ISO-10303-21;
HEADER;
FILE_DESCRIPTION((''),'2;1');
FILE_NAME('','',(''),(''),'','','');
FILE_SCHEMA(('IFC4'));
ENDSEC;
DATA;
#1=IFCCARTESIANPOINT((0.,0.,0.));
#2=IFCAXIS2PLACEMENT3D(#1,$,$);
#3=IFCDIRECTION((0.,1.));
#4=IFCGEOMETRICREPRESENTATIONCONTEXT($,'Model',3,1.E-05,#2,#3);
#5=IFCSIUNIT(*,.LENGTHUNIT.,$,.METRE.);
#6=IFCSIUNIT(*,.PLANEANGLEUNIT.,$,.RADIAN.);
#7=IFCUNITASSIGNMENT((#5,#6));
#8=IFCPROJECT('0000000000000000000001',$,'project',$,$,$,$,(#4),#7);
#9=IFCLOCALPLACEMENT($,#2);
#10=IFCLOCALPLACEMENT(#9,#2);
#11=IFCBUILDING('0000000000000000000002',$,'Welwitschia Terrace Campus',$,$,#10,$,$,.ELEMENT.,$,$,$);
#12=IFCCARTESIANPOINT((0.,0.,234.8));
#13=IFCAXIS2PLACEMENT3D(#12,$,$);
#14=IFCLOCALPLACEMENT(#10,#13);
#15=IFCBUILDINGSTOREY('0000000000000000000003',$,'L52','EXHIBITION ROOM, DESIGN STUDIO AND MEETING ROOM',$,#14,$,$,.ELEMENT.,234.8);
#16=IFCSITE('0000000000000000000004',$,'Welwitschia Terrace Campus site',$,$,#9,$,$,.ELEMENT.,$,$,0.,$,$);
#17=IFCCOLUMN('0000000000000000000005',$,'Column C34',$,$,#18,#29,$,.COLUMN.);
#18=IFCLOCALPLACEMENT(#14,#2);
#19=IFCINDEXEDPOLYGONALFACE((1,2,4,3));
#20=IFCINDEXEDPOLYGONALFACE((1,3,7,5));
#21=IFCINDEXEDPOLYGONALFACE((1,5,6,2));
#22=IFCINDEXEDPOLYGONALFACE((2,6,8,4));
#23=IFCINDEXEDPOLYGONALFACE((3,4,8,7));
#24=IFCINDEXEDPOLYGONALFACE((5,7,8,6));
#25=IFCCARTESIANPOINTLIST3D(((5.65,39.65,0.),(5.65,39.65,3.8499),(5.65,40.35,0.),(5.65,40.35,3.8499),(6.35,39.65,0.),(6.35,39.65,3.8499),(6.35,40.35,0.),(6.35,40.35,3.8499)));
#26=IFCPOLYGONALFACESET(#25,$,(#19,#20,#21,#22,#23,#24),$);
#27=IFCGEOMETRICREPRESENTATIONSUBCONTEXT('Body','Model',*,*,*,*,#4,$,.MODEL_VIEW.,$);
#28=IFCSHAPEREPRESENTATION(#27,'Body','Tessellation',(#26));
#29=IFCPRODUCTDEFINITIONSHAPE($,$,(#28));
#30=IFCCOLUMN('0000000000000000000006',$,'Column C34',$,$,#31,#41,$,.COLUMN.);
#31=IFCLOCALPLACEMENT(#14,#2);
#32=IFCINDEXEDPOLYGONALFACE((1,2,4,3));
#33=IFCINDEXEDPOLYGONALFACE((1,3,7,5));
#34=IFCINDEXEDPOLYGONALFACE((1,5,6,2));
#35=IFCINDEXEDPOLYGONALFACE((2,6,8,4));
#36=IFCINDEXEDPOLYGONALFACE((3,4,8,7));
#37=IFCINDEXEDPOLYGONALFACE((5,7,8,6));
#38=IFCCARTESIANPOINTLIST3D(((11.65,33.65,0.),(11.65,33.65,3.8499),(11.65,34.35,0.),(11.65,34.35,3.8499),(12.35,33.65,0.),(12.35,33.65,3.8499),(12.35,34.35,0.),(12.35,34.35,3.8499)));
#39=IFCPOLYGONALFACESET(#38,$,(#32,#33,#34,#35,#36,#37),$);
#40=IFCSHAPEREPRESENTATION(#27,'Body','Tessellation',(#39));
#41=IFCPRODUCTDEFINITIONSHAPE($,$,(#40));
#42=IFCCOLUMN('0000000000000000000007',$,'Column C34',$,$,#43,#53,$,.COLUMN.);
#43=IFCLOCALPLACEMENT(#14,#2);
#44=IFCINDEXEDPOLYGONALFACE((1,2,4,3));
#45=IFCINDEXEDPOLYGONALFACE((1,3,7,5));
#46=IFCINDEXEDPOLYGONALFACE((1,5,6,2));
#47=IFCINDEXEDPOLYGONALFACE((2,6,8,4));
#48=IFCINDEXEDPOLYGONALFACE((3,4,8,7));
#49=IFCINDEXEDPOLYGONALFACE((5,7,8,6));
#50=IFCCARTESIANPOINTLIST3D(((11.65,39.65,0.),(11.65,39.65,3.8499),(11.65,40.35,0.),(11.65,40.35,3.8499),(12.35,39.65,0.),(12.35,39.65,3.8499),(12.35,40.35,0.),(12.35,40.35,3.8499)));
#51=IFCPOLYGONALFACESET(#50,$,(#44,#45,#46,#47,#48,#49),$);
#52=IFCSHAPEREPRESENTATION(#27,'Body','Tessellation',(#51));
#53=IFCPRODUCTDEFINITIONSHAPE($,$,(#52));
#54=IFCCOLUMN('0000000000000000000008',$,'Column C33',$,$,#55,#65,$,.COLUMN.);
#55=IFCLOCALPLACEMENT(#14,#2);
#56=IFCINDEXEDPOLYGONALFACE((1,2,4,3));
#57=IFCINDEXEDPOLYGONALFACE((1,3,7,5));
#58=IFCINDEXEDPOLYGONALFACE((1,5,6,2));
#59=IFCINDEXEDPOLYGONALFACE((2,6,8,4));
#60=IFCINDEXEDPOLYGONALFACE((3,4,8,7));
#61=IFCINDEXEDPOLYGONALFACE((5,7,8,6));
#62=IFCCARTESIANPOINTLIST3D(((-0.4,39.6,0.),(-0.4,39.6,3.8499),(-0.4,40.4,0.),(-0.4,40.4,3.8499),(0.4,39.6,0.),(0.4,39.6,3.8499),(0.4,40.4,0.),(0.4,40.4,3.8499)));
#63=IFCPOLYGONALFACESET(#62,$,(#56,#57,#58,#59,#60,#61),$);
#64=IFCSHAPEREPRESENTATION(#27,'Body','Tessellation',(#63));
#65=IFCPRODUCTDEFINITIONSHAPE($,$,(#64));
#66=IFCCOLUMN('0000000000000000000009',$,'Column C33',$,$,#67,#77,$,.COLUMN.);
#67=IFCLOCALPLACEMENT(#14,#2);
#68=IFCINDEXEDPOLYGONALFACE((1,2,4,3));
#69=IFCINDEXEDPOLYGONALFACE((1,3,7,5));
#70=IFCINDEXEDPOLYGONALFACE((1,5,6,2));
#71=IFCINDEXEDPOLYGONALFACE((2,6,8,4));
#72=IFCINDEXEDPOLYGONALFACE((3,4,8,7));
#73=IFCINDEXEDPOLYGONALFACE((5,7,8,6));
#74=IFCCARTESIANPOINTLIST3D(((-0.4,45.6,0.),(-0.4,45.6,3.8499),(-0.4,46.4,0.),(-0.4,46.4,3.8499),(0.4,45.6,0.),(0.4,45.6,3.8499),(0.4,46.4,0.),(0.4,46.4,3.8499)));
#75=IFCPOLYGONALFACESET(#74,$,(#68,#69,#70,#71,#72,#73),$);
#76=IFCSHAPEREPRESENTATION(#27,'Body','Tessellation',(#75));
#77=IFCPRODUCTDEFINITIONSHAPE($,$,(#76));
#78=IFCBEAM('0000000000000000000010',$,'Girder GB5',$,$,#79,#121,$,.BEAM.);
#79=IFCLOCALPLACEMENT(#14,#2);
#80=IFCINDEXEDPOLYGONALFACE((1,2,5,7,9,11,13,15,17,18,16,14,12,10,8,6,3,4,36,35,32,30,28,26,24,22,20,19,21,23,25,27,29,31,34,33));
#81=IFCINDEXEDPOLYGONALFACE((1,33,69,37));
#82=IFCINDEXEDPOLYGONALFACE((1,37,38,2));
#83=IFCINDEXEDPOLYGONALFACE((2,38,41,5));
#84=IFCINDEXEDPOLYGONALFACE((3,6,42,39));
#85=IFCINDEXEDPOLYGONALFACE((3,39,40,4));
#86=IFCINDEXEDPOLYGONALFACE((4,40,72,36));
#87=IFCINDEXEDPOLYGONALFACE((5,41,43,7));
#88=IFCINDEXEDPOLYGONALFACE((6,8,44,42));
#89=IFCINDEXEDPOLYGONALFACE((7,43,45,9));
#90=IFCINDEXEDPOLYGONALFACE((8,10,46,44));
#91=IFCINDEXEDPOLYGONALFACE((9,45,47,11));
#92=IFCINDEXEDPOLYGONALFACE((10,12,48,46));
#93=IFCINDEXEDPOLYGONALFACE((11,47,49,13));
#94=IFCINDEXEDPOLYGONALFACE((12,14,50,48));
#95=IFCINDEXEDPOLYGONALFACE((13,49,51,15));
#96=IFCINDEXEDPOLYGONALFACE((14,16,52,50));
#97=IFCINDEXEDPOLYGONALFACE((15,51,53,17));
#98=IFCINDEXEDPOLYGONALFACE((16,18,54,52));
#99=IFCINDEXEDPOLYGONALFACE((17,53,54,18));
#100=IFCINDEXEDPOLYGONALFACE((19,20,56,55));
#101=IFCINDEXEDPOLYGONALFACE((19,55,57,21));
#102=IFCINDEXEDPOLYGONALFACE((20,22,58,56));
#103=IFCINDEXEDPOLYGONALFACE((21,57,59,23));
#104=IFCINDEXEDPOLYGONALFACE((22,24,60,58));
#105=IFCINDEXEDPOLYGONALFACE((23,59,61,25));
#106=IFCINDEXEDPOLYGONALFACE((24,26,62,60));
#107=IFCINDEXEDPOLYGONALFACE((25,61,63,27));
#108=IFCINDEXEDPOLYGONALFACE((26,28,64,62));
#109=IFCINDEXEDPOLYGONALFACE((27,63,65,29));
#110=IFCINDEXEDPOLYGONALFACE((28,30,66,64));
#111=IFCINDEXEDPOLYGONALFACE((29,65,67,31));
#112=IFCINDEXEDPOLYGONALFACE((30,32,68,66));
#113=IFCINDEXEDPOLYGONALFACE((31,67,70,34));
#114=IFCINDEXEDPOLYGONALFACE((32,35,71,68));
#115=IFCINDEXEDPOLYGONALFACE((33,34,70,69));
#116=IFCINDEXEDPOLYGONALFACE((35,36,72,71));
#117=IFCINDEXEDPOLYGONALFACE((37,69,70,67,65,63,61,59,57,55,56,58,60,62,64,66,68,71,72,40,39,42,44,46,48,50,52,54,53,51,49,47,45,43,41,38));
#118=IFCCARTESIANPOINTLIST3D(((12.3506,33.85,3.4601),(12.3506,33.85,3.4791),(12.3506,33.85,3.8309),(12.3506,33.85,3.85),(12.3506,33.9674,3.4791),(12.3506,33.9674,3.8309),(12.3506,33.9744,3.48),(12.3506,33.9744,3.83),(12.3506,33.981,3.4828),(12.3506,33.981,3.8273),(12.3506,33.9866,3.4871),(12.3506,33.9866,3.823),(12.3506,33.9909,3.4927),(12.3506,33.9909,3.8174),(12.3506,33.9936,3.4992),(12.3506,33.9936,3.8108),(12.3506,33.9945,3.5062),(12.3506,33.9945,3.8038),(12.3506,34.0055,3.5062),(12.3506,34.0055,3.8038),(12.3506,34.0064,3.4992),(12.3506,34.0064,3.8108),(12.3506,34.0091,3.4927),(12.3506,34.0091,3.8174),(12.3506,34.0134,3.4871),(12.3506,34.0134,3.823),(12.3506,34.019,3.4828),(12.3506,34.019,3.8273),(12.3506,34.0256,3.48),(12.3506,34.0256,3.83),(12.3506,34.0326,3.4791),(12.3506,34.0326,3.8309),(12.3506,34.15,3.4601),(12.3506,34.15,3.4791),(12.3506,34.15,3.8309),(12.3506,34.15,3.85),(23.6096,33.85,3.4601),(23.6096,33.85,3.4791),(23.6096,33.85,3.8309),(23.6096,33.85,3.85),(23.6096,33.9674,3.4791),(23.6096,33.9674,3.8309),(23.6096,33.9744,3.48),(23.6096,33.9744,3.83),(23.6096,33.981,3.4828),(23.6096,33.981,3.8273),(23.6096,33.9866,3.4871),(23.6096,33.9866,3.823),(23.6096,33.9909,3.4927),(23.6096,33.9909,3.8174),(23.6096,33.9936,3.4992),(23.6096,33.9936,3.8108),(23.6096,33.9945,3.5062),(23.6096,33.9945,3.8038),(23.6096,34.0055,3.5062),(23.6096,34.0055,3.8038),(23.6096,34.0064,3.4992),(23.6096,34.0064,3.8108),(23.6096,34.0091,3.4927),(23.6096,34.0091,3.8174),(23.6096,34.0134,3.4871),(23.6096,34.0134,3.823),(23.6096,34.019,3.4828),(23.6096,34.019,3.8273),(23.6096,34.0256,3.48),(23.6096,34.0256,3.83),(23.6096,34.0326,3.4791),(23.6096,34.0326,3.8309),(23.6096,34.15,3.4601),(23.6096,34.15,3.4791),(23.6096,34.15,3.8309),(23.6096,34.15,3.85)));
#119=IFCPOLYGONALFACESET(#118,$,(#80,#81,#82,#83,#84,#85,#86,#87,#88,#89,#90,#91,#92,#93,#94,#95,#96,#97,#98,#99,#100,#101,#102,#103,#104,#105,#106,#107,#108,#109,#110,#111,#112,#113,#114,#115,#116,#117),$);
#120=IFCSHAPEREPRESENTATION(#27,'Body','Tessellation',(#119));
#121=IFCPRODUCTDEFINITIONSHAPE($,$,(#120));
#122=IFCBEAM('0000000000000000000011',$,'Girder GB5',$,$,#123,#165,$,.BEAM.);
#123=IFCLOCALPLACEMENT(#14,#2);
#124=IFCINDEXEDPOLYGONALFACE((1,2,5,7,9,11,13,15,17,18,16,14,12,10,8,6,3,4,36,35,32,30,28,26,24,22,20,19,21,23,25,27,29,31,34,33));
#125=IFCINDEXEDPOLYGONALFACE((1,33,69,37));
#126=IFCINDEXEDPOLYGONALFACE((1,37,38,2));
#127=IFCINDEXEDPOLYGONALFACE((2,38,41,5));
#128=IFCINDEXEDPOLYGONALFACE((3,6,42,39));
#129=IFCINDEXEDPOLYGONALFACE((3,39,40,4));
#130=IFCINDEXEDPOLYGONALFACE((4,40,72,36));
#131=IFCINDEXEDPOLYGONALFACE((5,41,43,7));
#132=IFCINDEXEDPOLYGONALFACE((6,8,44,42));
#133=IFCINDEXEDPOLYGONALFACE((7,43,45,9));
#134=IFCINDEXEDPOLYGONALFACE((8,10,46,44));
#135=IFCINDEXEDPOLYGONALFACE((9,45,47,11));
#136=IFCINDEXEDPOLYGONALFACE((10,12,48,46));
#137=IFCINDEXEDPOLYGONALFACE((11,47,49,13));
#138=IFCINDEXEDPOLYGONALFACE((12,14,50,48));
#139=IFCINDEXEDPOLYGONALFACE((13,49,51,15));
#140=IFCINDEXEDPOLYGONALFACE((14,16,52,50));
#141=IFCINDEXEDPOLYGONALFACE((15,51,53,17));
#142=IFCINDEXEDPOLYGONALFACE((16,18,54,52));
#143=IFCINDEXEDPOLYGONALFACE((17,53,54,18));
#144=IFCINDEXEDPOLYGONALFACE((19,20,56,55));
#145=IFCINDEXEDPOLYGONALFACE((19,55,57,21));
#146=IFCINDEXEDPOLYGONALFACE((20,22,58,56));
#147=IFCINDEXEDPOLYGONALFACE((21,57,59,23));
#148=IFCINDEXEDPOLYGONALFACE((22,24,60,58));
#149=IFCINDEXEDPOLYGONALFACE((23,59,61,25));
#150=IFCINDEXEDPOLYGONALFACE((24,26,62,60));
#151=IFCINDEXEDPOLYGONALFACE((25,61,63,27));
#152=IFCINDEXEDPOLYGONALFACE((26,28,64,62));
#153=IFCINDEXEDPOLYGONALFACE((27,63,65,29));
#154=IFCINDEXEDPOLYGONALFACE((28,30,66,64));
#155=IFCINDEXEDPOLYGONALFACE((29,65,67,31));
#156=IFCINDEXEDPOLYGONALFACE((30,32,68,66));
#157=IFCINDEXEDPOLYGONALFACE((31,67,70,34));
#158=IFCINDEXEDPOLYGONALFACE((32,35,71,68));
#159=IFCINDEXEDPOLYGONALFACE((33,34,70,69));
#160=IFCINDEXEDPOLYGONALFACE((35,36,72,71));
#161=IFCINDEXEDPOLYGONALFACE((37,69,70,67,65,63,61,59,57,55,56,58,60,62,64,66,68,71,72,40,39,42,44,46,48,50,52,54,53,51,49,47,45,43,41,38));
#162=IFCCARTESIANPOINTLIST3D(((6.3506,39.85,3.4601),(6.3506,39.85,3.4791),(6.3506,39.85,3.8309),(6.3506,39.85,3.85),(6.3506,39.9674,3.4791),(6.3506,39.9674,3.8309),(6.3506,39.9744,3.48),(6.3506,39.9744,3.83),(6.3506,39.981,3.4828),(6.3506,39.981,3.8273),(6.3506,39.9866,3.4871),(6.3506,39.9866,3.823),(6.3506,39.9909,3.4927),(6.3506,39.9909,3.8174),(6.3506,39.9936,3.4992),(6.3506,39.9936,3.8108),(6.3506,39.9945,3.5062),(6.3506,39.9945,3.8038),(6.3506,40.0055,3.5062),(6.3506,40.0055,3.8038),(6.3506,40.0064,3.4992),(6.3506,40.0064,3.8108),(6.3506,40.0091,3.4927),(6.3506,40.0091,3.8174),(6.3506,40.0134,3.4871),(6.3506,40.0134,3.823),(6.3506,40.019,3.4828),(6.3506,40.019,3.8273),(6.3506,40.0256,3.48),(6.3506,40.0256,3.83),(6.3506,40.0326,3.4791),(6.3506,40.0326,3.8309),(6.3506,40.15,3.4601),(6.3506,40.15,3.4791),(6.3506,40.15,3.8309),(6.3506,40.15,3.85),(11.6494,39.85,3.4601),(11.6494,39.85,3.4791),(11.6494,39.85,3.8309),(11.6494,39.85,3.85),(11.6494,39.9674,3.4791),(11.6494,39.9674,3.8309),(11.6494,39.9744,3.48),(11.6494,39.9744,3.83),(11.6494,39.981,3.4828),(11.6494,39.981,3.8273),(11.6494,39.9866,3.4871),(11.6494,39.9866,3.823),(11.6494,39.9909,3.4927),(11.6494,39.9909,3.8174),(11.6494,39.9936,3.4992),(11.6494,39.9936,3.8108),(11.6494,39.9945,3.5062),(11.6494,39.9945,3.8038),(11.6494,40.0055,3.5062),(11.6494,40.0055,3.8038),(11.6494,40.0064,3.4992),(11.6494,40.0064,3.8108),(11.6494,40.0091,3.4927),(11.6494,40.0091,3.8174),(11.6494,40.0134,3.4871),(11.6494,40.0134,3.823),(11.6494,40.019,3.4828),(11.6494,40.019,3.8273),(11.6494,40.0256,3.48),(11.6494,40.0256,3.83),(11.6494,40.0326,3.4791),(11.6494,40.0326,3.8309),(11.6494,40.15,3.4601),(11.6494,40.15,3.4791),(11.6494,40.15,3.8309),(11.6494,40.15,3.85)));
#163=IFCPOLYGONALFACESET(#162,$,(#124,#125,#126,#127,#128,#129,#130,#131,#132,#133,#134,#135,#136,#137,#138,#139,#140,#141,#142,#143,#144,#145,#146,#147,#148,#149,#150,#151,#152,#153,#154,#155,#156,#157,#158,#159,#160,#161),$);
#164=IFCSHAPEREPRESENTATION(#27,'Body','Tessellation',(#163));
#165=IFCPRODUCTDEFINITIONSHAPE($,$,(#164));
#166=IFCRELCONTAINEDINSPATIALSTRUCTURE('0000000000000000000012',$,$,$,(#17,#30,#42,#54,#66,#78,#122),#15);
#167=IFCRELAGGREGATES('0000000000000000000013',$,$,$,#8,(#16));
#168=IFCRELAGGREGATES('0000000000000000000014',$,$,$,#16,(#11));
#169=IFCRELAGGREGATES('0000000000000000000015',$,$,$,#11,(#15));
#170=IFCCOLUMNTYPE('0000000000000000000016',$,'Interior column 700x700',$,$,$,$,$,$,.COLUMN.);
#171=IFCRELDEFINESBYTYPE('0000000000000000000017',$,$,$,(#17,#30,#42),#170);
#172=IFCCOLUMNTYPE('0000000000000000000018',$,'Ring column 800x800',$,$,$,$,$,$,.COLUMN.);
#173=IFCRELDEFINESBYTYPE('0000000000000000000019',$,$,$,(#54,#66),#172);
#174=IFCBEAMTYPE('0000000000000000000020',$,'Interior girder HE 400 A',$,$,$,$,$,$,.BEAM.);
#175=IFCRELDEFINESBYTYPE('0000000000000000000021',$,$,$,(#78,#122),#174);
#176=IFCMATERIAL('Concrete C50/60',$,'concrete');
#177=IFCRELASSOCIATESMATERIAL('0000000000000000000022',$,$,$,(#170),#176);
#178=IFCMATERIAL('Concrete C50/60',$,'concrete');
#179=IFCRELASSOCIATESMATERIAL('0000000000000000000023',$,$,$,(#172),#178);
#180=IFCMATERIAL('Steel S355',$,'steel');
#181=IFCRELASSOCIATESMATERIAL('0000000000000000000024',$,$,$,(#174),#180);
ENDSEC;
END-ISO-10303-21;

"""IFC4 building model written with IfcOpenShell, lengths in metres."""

from ifc_helpers import new_model, si_unit, direction, frame, origin, origin_2d, place, context, subcontext, project, spatial, rectangle, i_section, extrude, material, material_profile, profile_set, type_object, element, save


model = new_model("IFC4")

# Units and contexts
model_context = context("Model", 3, precision=1e-05, world=origin(), true_north=direction((0.0, 1.0)))
body_context = subcontext(model_context, "Body", "Model", "MODEL_VIEW")
ifc_project = project(units=[si_unit("LENGTHUNIT", "METRE"), si_unit("PLANEANGLEUNIT", "RADIAN")], contexts=[model_context])

# Site, building, storey
site_placement = place(None, origin())
site = spatial("IfcSite", under=ifc_project, at=site_placement, Name="Welwitschia Terrace Campus site", CompositionType="ELEMENT", RefElevation=0.0)
building_placement = place(site_placement, origin())
building = spatial("IfcBuilding", under=site, at=building_placement, Name="Welwitschia Terrace Campus", CompositionType="ELEMENT")
storey_placement = place(building_placement, frame((0.0, 0.0, 234.8)))
storey = spatial("IfcBuildingStorey", under=building, at=storey_placement, Name="L52", Description="EXHIBITION ROOM, DESIGN STUDIO AND MEETING ROOM", CompositionType="ELEMENT", Elevation=234.8)

# Columns
ifc_material_1 = material(Name="Concrete C50/60", Category="concrete")
ifc_material_profile_1 = material_profile(ifc_material_1, rectangle(XDim=0.7, YDim=0.7, at=origin_2d()))
ifc_profile_set_1 = profile_set([ifc_material_profile_1], Name="Concrete C50/60")
column_type_1 = type_object("IfcColumnType", Name="Interior column 700x700", PredefinedType="COLUMN", material=ifc_profile_set_1)
for number, where, z_axis, x_axis, name in (
    (1, (6.0, 40.0, 0.0), (0.0, 0.0, 1.0), (1.0, 0.0, 0.0), "Column C34"),
    (2, (12.0, 34.0, 0.0), (0.0, 0.0, 1.0), (1.0, 0.0, 0.0), "Column C34"),
    (3, (12.0, 40.0, 0.0), (0.0, 0.0, 1.0), (1.0, 0.0, 0.0), "Column C34"),
):
    element("IfcColumn", number, at=place(storey_placement, frame(where, z_axis=z_axis, x_axis=x_axis)), inside=storey, type_object=column_type_1, Name=name, PredefinedType="COLUMN", context=body_context, shape_type="SweptSolid", body=[
        extrude(rectangle(XDim=0.7, YDim=0.7, at=origin_2d()), origin(), (0.0, 0.0, 1.0), 3.8499),
    ])
ifc_material_2 = material(Name="Concrete C50/60", Category="concrete")
ifc_material_profile_2 = material_profile(ifc_material_2, rectangle(XDim=0.8, YDim=0.8, at=origin_2d()))
ifc_profile_set_2 = profile_set([ifc_material_profile_2], Name="Concrete C50/60")
column_type_2 = type_object("IfcColumnType", Name="Ring column 800x800", PredefinedType="COLUMN", material=ifc_profile_set_2)
for number, where, z_axis, x_axis, name in (
    (4, (0.0, 40.0, 0.0), (0.0, 0.0, 1.0), (1.0, 0.0, 0.0), "Column C33"),
    (5, (0.0, 46.0, 0.0), (0.0, 0.0, 1.0), (1.0, 0.0, 0.0), "Column C33"),
):
    element("IfcColumn", number, at=place(storey_placement, frame(where, z_axis=z_axis, x_axis=x_axis)), inside=storey, type_object=column_type_2, Name=name, PredefinedType="COLUMN", context=body_context, shape_type="SweptSolid", body=[
        extrude(rectangle(XDim=0.8, YDim=0.8, at=origin_2d()), origin(), (0.0, 0.0, 1.0), 3.8499),
    ])

# Beams
ifc_material_3 = material(Name="Steel S355", Category="steel")
ifc_material_profile_3 = material_profile(ifc_material_3, i_section(OverallWidth=0.3, OverallDepth=0.3899, WebThickness=0.011, FlangeThickness=0.019, FilletRadius=0.0271, at=origin_2d()))
ifc_profile_set_3 = profile_set([ifc_material_profile_3], Name="Steel S355")
beam_type_1 = type_object("IfcBeamType", Name="Interior girder HE 400 A", PredefinedType="BEAM", material=ifc_profile_set_3)
beam_1_placement = place(storey_placement, frame((12.3506, 34.0, 3.655), z_axis=(1.0, 0.0, 0.0), x_axis=(0.0, 1.0, 0.0)))
element("IfcBeam", 6, at=beam_1_placement, inside=storey, type_object=beam_type_1, Name="Girder GB5", PredefinedType="BEAM", context=body_context, shape_type="SweptSolid", body=[
    extrude(i_section(OverallWidth=0.3, OverallDepth=0.3899, WebThickness=0.011, FlangeThickness=0.019, FilletRadius=0.0271, at=origin_2d()), origin(), (0.0, 0.0, 1.0), 11.259),
])
for number, where, z_axis, x_axis, name in (
    (7, (6.3506, 40.0, 3.655), (1.0, 0.0, 0.0), (0.0, 1.0, 0.0), "Girder GB5"),
):
    element("IfcBeam", number, at=place(storey_placement, frame(where, z_axis=z_axis, x_axis=x_axis)), inside=storey, type_object=beam_type_1, Name=name, PredefinedType="BEAM", context=body_context, shape_type="SweptSolid", body=[
        extrude(i_section(OverallWidth=0.3, OverallDepth=0.3899, WebThickness=0.011, FlangeThickness=0.019, FilletRadius=0.0271, at=origin_2d()), origin(), (0.0, 0.0, 1.0), 5.2988),
    ])

save(model, "model.ifc")
